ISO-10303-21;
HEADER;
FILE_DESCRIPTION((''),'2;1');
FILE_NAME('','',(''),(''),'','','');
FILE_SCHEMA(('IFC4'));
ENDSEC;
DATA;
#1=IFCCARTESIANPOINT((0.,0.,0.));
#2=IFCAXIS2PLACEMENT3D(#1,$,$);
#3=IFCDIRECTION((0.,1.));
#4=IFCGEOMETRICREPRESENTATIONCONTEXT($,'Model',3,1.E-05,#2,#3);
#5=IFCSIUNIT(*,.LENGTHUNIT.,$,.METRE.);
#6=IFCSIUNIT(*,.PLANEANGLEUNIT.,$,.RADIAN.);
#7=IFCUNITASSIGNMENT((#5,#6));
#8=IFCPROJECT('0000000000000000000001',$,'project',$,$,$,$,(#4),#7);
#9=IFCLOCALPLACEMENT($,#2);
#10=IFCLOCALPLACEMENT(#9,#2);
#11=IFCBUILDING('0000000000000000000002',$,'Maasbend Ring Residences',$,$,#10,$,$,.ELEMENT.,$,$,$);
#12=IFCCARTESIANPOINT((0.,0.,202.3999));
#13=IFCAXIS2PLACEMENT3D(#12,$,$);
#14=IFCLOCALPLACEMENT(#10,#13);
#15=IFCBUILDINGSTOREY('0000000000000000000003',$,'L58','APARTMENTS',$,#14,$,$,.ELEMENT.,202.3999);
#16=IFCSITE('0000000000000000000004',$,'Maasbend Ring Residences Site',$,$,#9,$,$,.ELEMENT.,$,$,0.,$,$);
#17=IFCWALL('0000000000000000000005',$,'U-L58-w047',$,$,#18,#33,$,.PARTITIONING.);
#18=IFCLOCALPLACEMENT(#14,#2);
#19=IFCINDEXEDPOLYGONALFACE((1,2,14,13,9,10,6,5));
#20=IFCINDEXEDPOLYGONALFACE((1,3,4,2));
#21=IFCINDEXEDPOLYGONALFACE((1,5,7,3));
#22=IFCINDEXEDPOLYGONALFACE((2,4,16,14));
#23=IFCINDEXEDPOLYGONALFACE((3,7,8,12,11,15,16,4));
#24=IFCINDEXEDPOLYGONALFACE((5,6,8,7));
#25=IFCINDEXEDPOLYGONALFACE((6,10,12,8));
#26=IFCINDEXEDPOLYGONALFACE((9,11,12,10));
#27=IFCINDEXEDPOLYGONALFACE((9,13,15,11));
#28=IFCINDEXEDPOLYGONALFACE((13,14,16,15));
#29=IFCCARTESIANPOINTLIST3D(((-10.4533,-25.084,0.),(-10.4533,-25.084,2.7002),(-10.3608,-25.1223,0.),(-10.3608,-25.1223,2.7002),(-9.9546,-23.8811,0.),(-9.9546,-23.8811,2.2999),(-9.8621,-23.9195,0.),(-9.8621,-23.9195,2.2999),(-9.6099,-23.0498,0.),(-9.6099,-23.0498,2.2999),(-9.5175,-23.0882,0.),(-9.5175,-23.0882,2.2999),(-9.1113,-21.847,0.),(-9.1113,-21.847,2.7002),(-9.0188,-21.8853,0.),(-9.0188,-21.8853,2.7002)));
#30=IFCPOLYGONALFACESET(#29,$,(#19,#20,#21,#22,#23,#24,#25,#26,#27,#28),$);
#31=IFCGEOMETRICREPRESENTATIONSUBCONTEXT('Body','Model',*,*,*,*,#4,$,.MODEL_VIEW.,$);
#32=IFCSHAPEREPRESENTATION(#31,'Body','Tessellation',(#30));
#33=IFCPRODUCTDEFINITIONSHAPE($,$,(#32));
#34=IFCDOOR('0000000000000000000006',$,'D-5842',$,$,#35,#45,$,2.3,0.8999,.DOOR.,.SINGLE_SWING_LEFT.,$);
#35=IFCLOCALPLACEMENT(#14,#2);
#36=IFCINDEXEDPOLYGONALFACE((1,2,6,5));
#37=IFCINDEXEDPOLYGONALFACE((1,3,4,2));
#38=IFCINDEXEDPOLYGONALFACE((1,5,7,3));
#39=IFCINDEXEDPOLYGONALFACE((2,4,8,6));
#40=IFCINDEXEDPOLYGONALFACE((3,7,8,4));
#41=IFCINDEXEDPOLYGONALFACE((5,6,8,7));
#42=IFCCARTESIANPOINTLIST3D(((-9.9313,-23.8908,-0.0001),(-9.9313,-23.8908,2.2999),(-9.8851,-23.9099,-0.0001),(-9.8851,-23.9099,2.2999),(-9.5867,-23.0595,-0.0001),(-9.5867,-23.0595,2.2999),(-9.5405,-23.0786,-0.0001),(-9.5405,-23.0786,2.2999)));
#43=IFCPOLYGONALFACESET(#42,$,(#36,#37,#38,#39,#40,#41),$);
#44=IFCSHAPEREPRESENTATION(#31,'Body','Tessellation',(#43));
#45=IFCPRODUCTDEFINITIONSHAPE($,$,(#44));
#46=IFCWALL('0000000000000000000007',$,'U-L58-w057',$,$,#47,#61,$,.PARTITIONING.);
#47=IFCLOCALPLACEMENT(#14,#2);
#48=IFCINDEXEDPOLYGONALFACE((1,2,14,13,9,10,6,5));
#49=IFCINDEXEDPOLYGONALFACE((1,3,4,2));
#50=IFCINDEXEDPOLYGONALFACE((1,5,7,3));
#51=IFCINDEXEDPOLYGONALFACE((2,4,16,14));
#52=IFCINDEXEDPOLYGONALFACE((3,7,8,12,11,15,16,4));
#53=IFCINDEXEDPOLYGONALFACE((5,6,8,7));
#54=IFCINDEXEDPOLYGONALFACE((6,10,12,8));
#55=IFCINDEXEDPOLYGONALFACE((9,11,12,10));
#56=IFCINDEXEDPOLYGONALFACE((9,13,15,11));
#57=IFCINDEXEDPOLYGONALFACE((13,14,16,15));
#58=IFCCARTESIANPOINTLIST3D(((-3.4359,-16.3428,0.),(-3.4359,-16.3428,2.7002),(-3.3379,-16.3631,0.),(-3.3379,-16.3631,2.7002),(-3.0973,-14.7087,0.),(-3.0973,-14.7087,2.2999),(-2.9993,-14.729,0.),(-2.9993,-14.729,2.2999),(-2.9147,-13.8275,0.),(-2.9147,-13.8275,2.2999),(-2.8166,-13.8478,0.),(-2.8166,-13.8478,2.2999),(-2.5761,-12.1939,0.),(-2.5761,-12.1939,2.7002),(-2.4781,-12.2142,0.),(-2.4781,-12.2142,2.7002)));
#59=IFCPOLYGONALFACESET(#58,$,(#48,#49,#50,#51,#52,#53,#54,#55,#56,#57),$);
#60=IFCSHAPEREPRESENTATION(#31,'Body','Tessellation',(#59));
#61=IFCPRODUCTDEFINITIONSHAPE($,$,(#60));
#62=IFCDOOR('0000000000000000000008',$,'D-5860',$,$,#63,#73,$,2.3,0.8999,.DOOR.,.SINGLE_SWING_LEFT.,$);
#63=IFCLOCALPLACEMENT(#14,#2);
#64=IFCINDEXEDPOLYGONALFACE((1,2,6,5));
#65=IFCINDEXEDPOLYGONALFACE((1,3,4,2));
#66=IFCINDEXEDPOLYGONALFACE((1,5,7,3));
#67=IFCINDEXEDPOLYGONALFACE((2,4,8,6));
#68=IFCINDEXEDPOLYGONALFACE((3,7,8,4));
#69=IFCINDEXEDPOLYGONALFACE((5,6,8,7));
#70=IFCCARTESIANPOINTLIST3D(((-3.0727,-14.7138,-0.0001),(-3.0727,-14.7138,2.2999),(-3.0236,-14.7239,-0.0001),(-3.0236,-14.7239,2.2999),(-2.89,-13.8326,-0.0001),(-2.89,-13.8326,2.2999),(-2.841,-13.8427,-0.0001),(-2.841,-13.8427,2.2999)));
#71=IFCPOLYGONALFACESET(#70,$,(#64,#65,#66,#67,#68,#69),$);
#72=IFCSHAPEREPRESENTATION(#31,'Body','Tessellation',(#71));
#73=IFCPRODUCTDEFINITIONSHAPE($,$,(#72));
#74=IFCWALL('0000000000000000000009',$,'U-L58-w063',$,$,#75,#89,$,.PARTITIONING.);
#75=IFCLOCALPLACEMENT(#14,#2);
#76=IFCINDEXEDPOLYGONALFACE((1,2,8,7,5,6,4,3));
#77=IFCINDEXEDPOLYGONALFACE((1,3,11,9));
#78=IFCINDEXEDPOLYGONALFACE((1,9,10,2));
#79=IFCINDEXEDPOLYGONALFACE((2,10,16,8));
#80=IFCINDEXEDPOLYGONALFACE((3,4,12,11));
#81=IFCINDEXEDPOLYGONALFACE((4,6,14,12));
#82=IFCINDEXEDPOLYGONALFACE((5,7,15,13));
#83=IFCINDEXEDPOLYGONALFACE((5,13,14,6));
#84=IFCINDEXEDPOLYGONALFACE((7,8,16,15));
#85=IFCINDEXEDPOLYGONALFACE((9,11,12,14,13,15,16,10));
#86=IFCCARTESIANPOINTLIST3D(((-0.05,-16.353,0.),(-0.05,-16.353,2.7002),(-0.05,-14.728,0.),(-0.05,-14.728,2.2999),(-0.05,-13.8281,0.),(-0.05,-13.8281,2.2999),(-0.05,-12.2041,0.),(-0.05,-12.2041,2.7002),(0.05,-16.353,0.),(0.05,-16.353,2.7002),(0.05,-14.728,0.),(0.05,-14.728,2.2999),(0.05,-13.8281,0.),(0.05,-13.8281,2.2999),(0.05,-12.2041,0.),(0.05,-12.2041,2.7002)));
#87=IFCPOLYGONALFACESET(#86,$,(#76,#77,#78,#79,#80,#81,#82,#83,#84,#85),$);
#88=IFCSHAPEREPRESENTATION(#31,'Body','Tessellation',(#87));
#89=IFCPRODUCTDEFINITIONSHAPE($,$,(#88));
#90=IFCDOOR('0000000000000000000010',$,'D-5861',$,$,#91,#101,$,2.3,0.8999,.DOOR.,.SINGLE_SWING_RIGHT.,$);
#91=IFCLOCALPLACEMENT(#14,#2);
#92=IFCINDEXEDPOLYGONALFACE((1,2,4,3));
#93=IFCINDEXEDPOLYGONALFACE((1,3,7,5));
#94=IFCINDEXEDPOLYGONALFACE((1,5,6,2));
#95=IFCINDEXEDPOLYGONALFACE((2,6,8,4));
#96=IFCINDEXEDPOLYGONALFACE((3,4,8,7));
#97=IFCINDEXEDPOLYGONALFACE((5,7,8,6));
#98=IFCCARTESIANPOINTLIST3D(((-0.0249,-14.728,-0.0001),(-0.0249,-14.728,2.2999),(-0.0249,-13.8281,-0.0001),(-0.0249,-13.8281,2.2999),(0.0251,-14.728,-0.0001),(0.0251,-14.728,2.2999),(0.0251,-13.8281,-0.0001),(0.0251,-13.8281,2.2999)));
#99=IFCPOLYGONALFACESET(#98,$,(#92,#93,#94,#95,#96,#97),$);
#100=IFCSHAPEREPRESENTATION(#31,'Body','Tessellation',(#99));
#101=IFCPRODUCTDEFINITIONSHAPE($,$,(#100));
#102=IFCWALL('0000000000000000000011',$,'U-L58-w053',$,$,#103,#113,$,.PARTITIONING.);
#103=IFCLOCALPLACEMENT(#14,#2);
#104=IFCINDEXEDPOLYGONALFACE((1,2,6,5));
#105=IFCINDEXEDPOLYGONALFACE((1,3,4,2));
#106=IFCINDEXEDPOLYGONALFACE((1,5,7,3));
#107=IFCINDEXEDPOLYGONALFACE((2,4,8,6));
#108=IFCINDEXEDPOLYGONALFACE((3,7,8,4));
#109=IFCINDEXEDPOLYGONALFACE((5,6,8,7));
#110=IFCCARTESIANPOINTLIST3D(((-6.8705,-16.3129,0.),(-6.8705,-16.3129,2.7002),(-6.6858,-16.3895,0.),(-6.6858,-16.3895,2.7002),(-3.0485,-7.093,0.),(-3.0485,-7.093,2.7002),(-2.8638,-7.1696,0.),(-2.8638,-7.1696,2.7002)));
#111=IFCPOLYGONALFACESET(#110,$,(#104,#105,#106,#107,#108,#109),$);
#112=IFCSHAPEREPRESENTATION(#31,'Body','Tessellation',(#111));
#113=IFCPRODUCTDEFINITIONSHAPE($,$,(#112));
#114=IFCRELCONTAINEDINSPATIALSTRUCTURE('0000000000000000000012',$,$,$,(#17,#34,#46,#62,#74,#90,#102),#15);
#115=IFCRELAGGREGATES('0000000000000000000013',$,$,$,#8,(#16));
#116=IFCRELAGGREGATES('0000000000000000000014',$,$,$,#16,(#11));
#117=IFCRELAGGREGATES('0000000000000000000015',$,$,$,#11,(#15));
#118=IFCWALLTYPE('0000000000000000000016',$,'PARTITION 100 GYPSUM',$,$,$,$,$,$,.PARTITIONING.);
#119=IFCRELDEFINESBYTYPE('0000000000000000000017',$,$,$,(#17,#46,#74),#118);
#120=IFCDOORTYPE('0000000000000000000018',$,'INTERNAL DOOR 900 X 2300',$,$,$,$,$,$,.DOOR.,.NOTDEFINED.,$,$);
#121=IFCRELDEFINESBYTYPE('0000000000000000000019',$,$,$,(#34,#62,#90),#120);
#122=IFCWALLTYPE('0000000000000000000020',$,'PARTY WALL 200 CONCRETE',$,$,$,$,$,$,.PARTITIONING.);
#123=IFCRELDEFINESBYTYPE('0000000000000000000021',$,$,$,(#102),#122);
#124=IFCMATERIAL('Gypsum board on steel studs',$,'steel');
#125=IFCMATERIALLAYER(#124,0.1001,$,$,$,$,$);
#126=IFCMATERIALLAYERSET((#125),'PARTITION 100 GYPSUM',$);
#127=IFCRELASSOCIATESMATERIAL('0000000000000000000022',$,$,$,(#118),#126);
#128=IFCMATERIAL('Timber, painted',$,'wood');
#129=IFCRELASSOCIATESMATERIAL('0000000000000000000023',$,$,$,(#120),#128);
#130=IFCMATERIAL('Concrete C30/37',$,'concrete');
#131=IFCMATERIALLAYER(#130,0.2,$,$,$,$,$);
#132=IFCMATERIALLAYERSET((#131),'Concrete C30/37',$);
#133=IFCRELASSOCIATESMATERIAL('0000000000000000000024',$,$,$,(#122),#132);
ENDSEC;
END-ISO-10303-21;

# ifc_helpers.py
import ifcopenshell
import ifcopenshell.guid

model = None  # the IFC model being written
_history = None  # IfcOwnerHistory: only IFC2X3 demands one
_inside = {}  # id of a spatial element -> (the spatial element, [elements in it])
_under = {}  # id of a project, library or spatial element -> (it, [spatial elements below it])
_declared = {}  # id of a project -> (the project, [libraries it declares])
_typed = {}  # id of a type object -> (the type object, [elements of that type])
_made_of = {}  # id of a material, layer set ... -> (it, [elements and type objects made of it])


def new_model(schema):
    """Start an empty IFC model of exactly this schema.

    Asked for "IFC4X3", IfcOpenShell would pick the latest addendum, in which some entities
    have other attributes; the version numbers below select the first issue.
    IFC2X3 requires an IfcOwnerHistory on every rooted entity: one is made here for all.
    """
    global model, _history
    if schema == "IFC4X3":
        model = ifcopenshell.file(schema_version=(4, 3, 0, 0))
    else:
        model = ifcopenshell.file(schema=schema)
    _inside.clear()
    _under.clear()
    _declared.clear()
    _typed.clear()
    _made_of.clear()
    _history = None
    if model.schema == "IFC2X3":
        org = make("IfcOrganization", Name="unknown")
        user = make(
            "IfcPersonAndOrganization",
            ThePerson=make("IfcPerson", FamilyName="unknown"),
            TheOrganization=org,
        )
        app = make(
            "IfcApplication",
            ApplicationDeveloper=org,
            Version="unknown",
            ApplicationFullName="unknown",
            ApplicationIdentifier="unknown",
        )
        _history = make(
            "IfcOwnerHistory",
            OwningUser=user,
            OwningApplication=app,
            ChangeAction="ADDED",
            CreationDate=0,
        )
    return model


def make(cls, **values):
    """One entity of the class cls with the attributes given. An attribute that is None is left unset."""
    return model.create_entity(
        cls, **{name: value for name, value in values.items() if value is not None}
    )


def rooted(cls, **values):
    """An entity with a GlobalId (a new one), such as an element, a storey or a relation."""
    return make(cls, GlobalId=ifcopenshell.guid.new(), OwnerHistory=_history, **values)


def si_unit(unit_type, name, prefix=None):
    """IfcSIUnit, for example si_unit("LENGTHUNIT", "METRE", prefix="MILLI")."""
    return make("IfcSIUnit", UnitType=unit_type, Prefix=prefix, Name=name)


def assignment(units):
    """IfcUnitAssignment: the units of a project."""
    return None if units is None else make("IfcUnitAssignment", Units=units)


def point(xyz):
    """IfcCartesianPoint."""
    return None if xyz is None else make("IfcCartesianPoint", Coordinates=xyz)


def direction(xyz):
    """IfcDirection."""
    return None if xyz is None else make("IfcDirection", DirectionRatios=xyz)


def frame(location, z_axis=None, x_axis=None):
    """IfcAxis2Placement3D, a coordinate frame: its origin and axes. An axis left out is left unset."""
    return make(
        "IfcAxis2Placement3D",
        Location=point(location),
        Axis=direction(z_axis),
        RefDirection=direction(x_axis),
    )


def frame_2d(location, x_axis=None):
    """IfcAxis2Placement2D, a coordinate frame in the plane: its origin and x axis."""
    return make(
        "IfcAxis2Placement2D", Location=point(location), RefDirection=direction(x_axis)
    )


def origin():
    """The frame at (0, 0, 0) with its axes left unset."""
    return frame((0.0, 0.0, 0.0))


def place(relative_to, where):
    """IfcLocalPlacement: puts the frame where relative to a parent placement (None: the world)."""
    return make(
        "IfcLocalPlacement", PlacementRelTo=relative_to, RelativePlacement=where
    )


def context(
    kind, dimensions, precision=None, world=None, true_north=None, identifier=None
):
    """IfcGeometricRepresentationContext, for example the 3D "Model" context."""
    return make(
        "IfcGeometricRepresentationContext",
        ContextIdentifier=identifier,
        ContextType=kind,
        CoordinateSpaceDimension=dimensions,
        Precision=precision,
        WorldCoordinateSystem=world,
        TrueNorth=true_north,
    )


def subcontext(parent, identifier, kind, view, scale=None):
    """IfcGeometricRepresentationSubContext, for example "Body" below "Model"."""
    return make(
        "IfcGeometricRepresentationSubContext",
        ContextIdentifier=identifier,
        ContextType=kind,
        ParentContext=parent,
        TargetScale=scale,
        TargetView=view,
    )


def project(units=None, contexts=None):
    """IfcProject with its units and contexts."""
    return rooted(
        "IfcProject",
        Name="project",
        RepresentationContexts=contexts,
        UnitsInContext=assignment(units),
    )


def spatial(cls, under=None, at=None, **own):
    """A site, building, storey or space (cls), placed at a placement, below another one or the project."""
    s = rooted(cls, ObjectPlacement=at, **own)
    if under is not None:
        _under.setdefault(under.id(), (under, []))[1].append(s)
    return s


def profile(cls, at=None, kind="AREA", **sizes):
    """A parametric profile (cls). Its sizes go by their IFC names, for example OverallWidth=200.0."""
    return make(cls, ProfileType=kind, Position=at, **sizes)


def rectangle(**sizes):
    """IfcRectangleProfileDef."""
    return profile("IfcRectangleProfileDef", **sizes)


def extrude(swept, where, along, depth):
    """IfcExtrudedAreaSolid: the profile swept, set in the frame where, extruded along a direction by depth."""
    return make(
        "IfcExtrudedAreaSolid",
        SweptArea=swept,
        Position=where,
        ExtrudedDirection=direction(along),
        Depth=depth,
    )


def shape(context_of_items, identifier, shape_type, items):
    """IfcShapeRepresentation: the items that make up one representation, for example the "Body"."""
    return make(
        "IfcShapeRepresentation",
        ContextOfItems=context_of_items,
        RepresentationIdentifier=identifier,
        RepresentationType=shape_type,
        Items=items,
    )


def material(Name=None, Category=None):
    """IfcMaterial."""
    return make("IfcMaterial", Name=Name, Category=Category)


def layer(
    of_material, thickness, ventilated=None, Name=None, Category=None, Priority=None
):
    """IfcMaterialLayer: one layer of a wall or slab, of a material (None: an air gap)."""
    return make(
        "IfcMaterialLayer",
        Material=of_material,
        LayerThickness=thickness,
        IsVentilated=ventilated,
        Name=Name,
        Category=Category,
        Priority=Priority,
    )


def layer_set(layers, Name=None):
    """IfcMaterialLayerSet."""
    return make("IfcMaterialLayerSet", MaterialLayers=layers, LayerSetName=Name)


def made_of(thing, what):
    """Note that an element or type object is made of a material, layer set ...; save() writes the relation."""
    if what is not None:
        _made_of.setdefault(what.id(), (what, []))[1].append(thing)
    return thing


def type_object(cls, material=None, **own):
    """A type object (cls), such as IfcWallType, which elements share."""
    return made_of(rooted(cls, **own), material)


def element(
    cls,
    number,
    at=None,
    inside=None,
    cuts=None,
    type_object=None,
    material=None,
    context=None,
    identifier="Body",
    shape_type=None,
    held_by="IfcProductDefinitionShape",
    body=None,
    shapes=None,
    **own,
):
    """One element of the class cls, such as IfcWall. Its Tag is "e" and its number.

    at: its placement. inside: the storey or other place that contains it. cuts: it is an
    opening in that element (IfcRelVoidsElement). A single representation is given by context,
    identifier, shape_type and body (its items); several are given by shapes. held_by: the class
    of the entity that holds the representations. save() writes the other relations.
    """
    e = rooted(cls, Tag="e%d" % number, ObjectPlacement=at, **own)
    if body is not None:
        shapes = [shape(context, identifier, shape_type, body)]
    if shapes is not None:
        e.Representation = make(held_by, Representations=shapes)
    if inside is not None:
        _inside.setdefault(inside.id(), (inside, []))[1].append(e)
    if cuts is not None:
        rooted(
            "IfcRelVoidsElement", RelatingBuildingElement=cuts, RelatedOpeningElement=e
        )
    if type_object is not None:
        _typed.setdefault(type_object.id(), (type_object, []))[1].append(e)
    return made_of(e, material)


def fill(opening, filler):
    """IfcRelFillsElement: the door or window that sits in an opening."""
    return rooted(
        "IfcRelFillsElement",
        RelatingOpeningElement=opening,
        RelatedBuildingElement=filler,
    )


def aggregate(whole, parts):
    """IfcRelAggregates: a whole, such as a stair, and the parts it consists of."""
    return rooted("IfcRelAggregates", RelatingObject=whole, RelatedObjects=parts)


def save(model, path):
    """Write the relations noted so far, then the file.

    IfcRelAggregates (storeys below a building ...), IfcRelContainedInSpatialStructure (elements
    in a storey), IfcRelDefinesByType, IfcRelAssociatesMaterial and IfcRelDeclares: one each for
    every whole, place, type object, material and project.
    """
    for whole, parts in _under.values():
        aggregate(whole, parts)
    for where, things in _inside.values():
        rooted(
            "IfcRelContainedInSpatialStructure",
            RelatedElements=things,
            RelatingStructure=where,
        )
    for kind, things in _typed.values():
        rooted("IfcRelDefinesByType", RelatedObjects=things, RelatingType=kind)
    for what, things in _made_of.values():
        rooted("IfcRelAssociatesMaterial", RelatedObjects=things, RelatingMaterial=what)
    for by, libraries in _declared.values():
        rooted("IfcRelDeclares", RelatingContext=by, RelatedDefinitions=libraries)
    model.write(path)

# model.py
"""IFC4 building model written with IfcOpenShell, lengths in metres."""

from ifc_helpers import new_model, si_unit, direction, frame, frame_2d, origin, place, context, subcontext, project, spatial, rectangle, extrude, material, layer, layer_set, type_object, element, fill, save


model = new_model("IFC4")

# Units and contexts
model_context = context("Model", 3, precision=1e-05, world=origin(), true_north=direction((0.0, 1.0)))
body_context = subcontext(model_context, "Body", "Model", "MODEL_VIEW")
ifc_project = project(units=[si_unit("LENGTHUNIT", "METRE"), si_unit("PLANEANGLEUNIT", "RADIAN")], contexts=[model_context])

# Site, building, storey
site_placement = place(None, origin())
site = spatial("IfcSite", under=ifc_project, at=site_placement, Name="Maasbend Ring Residences Site", CompositionType="ELEMENT", RefElevation=0.0)
building_placement = place(site_placement, origin())
building = spatial("IfcBuilding", under=site, at=building_placement, Name="Maasbend Ring Residences", CompositionType="ELEMENT")
storey_placement = place(building_placement, frame((0.0, 0.0, 202.3999)))
storey = spatial("IfcBuildingStorey", under=building, at=storey_placement, Name="L58", Description="APARTMENTS", CompositionType="ELEMENT", Elevation=202.3999)

# Shared definitions
ifc_material_1 = material(Name="Gypsum board on steel studs", Category="steel")
ifc_layer_1 = layer(ifc_material_1, 0.1001)
ifc_layer_set_1 = layer_set([ifc_layer_1], Name="PARTITION 100 GYPSUM")
wall_type_1 = type_object("IfcWallType", Name="PARTITION 100 GYPSUM", PredefinedType="PARTITIONING", material=ifc_layer_set_1)
ifc_material_2 = material(Name="Timber, painted", Category="wood")
door_type_1 = type_object("IfcDoorType", Name="INTERNAL DOOR 900 X 2300", OperationType="NOTDEFINED", PredefinedType="DOOR", material=ifc_material_2)

# Walls, openings, doors
wall_1_placement = place(storey_placement, frame((-10.407, -25.103, 0.0), z_axis=(0.0, 0.0, 1.0), x_axis=(0.382977, 0.923758, 0.0)))
wall_1 = element("IfcWall", 1, at=wall_1_placement, inside=storey, type_object=wall_type_1, Name="U-L58-w047", PredefinedType="PARTITIONING", context=body_context, shape_type="SweptSolid", body=[
    extrude(rectangle(XDim=3.5042, YDim=0.1001, at=frame_2d((1.752, 0.0))), origin(), (0.0, 0.0, 1.0), 2.7002),
])
opening_1_placement = place(wall_1_placement, frame((1.302, 0.0, 0.0)))
opening_1 = element("IfcOpeningElement", 2, at=opening_1_placement, cuts=wall_1, PredefinedType="OPENING", context=body_context, shape_type="SweptSolid", body=[
    extrude(rectangle(XDim=0.8999, YDim=2.3, at=frame_2d((0.45, 1.1499))), frame((0.0, 0.0601, 0.0), z_axis=(0.0, -1.0, 0.0), x_axis=(1.0, 0.0, 0.0)), (0.0, 0.0, 1.0), 0.1201),
])
door_1_placement = place(opening_1_placement, origin())
door_1 = element("IfcDoor", 3, at=door_1_placement, inside=storey, type_object=door_type_1, Name="D-5842", OperationType="SINGLE_SWING_LEFT", OverallHeight=2.3, OverallWidth=0.8999, PredefinedType="DOOR", context=body_context, shape_type="SweptSolid", body=[
    extrude(rectangle(XDim=0.8999, YDim=2.3, at=frame_2d((0.45, 1.1499))), frame((0.0, 0.0249, 0.0), z_axis=(0.0, -1.0, 0.0), x_axis=(1.0, 0.0, 0.0)), (0.0, 0.0, 1.0), 0.05),
])
fill(opening_1, door_1)
wall_2_placement = place(storey_placement, frame((-3.387, -16.353, 0.0), z_axis=(0.0, 0.0, 1.0), x_axis=(0.202937, 0.979192, 0.0)))
wall_2 = element("IfcWall", 4, at=wall_2_placement, inside=storey, type_object=wall_type_1, Name="U-L58-w057", PredefinedType="PARTITIONING", context=body_context, shape_type="SweptSolid", body=[
    extrude(rectangle(XDim=4.2371, YDim=0.1001, at=frame_2d((2.1187, 0.0))), origin(), (0.0, 0.0, 1.0), 2.7002),
])
opening_2_placement = place(wall_2_placement, frame((1.6689, 0.0, 0.0)))
opening_2 = element("IfcOpeningElement", 5, at=opening_2_placement, cuts=wall_2, PredefinedType="OPENING", context=body_context, shape_type="SweptSolid", body=[
    extrude(rectangle(XDim=0.8999, YDim=2.3, at=frame_2d((0.45, 1.1499))), frame((0.0, 0.0601, 0.0), z_axis=(0.0, -1.0, 0.0), x_axis=(1.0, 0.0, 0.0)), (0.0, 0.0, 1.0), 0.1201),
])
door_2_placement = place(opening_2_placement, origin())
door_2 = element("IfcDoor", 6, at=door_2_placement, inside=storey, type_object=door_type_1, Name="D-5860", OperationType="SINGLE_SWING_LEFT", OverallHeight=2.3, OverallWidth=0.8999, PredefinedType="DOOR", context=body_context, shape_type="SweptSolid", body=[
    extrude(rectangle(XDim=0.8999, YDim=2.3, at=frame_2d((0.45, 1.1499))), frame((0.0, 0.0249, 0.0), z_axis=(0.0, -1.0, 0.0), x_axis=(1.0, 0.0, 0.0)), (0.0, 0.0, 1.0), 0.05),
])
fill(opening_2, door_2)
wall_3_placement = place(storey_placement, frame((0.0, -16.353, 0.0), z_axis=(0.0, 0.0, 1.0), x_axis=(0.0, 1.0, 0.0)))
wall_3 = element("IfcWall", 7, at=wall_3_placement, inside=storey, type_object=wall_type_1, Name="U-L58-w063", PredefinedType="PARTITIONING", context=body_context, shape_type="SweptSolid", body=[
    extrude(rectangle(XDim=4.1489, YDim=0.1001, at=frame_2d((2.0745, 0.0))), origin(), (0.0, 0.0, 1.0), 2.7002),
])
opening_3_placement = place(wall_3_placement, frame((1.625, 0.0, 0.0)))
opening_3 = element("IfcOpeningElement", 8, at=opening_3_placement, cuts=wall_3, PredefinedType="OPENING", context=body_context, shape_type="SweptSolid", body=[
    extrude(rectangle(XDim=0.8999, YDim=2.3, at=frame_2d((0.45, 1.1499))), frame((0.0, 0.0601, 0.0), z_axis=(0.0, -1.0, 0.0), x_axis=(1.0, 0.0, 0.0)), (0.0, 0.0, 1.0), 0.1201),
])
door_3_placement = place(opening_3_placement, origin())
door_3 = element("IfcDoor", 9, at=door_3_placement, inside=storey, type_object=door_type_1, Name="D-5861", OperationType="SINGLE_SWING_RIGHT", OverallHeight=2.3, OverallWidth=0.8999, PredefinedType="DOOR", context=body_context, shape_type="SweptSolid", body=[
    extrude(rectangle(XDim=0.8999, YDim=2.3, at=frame_2d((0.45, 1.1499))), frame((0.0, 0.0249, 0.0), z_axis=(0.0, -1.0, 0.0), x_axis=(1.0, 0.0, 0.0)), (0.0, 0.0, 1.0), 0.05),
])
fill(opening_3, door_3)

# Wall
ifc_material_3 = material(Name="Concrete C30/37", Category="concrete")
ifc_layer_2 = layer(ifc_material_3, 0.2)
ifc_layer_set_2 = layer_set([ifc_layer_2], Name="Concrete C30/37")
wall_type_2 = type_object("IfcWallType", Name="PARTY WALL 200 CONCRETE", PredefinedType="PARTITIONING", material=ifc_layer_set_2)
wall_4_placement = place(storey_placement, frame((-6.7781, -16.3511, 0.0), z_axis=(0.0, 0.0, 1.0), x_axis=(0.382939, 0.923774, 0.0)))
element("IfcWall", 10, at=wall_4_placement, inside=storey, type_object=wall_type_2, Name="U-L58-w053", PredefinedType="PARTITIONING", context=body_context, shape_type="SweptSolid", body=[
    extrude(rectangle(XDim=9.9807, YDim=0.2, at=frame_2d((4.9902, 0.0))), origin(), (0.0, 0.0, 1.0), 2.7002),
])

save(model, "model.ifc")
